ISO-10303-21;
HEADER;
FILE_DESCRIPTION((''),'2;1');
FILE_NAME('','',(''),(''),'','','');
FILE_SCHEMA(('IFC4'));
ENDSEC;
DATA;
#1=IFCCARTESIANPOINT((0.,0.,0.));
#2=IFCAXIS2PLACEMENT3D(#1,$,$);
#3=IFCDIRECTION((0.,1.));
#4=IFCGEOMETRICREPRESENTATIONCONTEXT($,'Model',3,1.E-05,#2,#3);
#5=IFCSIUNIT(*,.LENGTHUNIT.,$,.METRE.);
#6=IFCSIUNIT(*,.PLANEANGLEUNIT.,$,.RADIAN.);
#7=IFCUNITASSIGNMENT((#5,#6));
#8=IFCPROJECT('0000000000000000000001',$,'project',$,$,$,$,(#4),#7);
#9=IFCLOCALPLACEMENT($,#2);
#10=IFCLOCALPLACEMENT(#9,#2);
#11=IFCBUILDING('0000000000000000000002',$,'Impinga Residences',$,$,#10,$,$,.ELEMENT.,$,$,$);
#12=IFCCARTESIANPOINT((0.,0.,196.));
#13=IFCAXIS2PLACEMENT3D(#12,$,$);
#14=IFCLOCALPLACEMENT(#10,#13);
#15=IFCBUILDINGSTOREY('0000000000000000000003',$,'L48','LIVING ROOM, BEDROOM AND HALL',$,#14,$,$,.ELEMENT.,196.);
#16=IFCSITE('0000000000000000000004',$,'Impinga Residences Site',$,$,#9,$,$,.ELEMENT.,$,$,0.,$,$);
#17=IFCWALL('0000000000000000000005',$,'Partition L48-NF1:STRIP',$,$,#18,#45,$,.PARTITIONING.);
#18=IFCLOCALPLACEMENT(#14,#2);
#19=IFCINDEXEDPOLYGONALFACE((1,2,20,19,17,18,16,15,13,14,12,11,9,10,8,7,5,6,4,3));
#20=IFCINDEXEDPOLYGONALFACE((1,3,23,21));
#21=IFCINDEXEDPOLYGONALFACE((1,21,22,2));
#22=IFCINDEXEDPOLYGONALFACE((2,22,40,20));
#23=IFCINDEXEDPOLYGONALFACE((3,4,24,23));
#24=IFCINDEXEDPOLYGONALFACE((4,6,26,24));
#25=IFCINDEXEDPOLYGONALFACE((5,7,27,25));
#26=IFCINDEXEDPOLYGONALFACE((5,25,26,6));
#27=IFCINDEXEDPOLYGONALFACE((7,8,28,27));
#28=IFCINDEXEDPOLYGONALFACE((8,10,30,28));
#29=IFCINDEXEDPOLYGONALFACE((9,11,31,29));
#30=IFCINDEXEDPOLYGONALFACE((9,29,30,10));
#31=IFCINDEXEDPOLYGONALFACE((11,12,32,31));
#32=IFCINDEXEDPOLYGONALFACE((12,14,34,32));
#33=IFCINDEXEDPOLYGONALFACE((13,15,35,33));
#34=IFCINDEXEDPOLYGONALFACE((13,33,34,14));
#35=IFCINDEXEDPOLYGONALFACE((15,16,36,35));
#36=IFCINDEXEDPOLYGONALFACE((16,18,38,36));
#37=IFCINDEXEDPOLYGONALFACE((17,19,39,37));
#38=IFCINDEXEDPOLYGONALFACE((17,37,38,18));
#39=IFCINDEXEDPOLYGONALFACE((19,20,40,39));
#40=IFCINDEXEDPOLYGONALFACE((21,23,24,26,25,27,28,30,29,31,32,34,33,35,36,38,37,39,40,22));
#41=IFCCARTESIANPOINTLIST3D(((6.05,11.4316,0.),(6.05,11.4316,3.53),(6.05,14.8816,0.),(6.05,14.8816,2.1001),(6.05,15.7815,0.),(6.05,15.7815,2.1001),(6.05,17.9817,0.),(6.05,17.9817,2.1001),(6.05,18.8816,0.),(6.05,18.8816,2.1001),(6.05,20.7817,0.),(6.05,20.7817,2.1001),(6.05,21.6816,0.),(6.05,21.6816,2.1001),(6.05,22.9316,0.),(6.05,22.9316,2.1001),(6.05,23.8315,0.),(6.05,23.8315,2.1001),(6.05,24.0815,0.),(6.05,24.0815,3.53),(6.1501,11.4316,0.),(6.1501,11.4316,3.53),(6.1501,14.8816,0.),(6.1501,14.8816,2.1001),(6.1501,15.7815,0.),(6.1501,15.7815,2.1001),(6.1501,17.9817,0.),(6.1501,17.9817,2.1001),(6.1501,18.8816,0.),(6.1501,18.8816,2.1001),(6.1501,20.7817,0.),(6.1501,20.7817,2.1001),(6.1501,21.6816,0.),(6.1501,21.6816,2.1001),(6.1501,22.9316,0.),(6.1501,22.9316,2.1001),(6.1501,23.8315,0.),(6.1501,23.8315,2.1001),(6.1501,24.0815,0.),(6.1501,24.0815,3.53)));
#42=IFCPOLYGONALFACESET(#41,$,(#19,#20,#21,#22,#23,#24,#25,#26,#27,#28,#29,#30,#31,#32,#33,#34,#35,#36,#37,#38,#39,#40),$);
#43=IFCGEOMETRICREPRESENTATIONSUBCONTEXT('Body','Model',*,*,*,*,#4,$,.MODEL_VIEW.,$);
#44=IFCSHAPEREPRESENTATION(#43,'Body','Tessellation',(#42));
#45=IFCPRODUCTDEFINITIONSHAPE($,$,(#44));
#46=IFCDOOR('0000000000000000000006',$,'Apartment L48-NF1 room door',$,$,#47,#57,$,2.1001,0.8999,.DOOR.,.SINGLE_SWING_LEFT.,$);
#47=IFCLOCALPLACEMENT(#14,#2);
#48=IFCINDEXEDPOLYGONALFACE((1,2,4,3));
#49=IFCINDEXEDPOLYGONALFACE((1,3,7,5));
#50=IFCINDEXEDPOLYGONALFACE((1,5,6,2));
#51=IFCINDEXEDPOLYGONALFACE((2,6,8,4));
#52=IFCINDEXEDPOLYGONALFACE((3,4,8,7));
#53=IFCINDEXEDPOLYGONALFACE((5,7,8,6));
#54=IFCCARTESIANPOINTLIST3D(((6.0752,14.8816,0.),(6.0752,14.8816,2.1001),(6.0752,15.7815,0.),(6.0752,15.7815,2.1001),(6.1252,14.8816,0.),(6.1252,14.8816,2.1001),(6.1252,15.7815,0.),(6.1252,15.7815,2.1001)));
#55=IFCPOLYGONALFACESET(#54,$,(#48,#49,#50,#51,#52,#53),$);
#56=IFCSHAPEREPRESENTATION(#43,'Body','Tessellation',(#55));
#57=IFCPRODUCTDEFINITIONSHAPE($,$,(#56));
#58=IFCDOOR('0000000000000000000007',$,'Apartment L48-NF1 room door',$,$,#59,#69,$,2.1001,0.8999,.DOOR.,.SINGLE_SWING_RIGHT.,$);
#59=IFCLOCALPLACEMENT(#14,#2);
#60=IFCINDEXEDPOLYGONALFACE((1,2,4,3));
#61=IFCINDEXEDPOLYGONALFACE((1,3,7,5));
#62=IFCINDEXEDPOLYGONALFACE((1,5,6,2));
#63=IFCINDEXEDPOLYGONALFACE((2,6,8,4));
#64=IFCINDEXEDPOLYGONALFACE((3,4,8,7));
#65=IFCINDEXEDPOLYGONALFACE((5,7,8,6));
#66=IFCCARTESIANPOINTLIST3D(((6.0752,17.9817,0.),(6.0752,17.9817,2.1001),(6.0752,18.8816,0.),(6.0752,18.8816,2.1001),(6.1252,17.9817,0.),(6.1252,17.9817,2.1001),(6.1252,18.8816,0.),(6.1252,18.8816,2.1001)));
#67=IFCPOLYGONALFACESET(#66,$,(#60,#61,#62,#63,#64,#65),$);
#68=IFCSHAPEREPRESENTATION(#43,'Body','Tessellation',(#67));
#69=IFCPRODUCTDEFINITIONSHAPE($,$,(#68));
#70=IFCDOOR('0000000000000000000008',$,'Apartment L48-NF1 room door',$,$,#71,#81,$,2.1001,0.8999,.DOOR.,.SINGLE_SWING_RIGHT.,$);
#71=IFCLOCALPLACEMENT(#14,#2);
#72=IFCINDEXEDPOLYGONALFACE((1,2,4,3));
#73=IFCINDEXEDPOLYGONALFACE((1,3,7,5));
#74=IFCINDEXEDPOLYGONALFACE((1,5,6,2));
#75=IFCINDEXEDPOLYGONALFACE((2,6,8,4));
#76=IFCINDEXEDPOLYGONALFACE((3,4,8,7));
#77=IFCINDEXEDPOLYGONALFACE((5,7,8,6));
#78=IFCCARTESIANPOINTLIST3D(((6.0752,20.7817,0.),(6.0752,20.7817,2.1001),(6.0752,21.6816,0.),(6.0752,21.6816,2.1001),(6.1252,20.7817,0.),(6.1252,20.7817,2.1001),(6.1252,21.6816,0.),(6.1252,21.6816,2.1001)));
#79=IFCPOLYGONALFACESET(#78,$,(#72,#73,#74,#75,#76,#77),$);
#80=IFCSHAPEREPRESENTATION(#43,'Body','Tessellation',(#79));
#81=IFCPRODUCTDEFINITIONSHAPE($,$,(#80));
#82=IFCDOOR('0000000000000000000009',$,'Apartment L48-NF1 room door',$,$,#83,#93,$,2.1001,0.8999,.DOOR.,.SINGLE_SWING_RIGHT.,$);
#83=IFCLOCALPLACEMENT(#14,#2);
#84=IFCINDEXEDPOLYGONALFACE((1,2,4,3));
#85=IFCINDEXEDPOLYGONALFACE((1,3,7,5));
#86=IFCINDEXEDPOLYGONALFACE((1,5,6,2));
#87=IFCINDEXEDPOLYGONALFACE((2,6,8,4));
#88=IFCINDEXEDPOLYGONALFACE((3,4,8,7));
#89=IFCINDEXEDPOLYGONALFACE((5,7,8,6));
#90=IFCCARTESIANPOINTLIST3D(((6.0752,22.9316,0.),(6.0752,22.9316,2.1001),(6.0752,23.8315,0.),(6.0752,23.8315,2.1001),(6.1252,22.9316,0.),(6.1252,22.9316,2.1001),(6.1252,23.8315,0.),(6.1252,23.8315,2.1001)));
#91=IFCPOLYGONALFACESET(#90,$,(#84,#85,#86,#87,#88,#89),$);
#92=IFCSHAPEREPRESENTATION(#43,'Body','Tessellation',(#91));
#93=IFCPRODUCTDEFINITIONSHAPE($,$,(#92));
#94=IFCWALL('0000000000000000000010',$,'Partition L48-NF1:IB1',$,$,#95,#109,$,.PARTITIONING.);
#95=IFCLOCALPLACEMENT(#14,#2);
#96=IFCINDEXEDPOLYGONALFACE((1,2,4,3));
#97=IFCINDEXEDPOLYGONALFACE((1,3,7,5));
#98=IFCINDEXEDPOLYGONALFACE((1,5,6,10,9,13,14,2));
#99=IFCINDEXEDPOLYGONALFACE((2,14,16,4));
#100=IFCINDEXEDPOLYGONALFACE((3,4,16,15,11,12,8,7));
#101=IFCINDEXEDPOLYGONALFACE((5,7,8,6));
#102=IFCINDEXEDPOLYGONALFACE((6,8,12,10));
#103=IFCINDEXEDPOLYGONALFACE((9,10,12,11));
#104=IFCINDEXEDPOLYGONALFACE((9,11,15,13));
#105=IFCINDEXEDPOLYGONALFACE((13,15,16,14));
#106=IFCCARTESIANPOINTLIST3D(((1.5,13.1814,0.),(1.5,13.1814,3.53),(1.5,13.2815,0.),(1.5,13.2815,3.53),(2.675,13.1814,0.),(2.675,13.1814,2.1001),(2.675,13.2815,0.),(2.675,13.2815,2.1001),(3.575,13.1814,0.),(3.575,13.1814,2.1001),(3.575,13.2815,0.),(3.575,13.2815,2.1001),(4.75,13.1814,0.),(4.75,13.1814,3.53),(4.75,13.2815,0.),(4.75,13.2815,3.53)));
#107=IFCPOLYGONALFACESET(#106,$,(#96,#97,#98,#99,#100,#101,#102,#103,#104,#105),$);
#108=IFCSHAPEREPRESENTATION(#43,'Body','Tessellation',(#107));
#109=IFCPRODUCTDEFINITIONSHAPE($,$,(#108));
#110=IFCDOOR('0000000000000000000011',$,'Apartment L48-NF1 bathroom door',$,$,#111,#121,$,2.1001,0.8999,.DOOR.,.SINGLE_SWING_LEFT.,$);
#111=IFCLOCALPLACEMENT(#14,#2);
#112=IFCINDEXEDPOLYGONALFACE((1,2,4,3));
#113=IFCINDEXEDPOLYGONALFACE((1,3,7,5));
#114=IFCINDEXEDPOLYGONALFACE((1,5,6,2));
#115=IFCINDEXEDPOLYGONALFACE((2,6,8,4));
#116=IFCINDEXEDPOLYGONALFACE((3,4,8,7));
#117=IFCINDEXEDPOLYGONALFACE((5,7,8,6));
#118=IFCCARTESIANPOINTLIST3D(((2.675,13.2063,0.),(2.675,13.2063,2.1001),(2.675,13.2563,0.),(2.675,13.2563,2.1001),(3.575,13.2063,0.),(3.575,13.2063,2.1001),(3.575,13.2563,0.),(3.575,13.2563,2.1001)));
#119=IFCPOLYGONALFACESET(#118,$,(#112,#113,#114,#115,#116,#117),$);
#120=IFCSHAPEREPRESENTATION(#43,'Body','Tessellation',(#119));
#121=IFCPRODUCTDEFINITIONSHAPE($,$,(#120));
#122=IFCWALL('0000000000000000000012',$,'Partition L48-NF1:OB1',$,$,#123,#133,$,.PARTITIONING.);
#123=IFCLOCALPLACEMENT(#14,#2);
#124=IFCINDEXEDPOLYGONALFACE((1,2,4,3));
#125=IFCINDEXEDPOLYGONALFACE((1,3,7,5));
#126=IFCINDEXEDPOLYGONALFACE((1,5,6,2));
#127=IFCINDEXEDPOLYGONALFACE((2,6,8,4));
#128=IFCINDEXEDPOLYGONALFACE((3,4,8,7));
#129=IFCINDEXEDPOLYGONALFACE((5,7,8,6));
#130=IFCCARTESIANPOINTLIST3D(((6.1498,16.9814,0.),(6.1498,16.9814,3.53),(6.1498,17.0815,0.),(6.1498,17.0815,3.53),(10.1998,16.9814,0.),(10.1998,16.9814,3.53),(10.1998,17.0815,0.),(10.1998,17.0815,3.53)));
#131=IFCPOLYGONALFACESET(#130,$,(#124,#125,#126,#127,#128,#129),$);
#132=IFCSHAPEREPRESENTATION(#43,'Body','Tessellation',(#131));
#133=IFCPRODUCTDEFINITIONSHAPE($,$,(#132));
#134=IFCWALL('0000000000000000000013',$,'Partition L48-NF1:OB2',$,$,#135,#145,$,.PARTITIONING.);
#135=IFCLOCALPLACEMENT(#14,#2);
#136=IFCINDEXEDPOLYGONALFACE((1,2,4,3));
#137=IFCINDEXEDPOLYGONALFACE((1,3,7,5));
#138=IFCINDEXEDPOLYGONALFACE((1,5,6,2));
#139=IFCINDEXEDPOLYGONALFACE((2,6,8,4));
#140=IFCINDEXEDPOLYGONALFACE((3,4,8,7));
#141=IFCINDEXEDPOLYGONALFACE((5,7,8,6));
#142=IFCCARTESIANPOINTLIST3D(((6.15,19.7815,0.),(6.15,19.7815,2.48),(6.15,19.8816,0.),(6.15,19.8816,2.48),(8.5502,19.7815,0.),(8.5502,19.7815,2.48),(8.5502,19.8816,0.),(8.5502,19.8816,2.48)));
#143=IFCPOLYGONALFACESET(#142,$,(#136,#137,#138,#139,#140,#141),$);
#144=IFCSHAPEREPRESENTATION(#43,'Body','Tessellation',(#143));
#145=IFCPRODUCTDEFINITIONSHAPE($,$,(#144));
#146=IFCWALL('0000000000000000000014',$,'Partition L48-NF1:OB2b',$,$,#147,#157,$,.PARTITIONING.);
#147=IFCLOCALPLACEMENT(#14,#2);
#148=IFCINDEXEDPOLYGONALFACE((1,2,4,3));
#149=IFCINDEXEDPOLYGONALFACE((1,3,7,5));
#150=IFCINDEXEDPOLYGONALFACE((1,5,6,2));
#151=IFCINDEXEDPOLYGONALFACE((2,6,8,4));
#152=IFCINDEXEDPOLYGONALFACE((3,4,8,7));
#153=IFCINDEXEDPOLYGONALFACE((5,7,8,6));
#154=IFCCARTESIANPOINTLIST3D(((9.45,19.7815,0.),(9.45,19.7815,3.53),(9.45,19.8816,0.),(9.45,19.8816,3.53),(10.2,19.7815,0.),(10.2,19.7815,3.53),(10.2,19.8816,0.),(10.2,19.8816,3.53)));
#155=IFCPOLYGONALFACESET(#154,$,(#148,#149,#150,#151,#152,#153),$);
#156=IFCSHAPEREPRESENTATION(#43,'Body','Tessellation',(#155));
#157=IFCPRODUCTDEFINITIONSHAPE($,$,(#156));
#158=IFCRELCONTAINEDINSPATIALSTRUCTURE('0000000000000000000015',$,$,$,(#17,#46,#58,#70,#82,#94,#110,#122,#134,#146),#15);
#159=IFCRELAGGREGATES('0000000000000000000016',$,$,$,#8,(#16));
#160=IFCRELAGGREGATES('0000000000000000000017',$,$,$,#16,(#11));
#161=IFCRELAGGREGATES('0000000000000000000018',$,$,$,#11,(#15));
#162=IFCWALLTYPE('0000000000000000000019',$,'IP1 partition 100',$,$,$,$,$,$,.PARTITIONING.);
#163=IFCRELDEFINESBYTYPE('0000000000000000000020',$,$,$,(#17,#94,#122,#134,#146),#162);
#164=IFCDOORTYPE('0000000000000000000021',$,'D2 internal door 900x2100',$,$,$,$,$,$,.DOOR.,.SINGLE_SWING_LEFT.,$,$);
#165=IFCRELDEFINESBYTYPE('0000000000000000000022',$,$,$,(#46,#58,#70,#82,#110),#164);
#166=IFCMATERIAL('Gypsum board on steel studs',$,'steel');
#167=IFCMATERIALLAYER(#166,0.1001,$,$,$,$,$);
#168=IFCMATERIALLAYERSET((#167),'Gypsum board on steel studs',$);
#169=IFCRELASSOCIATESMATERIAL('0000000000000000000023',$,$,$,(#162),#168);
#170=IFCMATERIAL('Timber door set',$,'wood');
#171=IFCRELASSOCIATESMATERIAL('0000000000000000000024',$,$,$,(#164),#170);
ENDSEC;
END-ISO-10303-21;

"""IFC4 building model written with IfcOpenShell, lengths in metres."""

from ifc_helpers import new_model, si_unit, direction, frame, frame_2d, origin, place, context, subcontext, project, spatial, rectangle, extrude, material, layer, layer_set, type_object, element, fill, save


model = new_model("IFC4")

# Units and contexts
model_context = context("Model", 3, precision=1e-05, world=origin(), true_north=direction((0.0, 1.0)))
body_context = subcontext(model_context, "Body", "Model", "MODEL_VIEW")
ifc_project = project(units=[si_unit("LENGTHUNIT", "METRE"), si_unit("PLANEANGLEUNIT", "RADIAN")], contexts=[model_context])

# Site, building, storey
site_placement = place(None, origin())
site = spatial("IfcSite", under=ifc_project, at=site_placement, Name="Impinga Residences Site", CompositionType="ELEMENT", RefElevation=0.0)
building_placement = place(site_placement, origin())
building = spatial("IfcBuilding", under=site, at=building_placement, Name="Impinga Residences", CompositionType="ELEMENT")
storey_placement = place(building_placement, frame((0.0, 0.0, 196.0)))
storey = spatial("IfcBuildingStorey", under=building, at=storey_placement, Name="L48", Description="LIVING ROOM, BEDROOM AND HALL", CompositionType="ELEMENT", Elevation=196.0)

# Shared definitions
ifc_material_1 = material(Name="Timber door set", Category="wood")

# Shared definitions
ifc_material_2 = material(Name="Gypsum board on steel studs", Category="steel")
ifc_layer_1 = layer(ifc_material_2, 0.1001)
ifc_layer_set_1 = layer_set([ifc_layer_1], Name="Gypsum board on steel studs")
wall_type_1 = type_object("IfcWallType", Name="IP1 partition 100", PredefinedType="PARTITIONING", material=ifc_layer_set_1)

# Wall, openings, doors
wall_1_placement = place(storey_placement, frame((6.1001, 11.4316, 0.0), z_axis=(0.0, 0.0, 1.0), x_axis=(0.0, 1.0, 0.0)))
wall_1 = element("IfcWall", 1, at=wall_1_placement, inside=storey, type_object=wall_type_1, Name="Partition L48-NF1:STRIP", PredefinedType="PARTITIONING", context=body_context, shape_type="SweptSolid", body=[
    extrude(rectangle(XDim=12.6499, YDim=0.1001, at=frame_2d((6.325, 0.0))), origin(), (0.0, 0.0, 1.0), 3.53),
])
opening_1_placement = place(wall_1_placement, frame((3.45, 0.0, 0.0)))
opening_1 = element("IfcOpeningElement", 2, at=opening_1_placement, cuts=wall_1, PredefinedType="OPENING", context=body_context, shape_type="SweptSolid", body=[
    extrude(rectangle(XDim=0.8999, YDim=2.1001, at=frame_2d((0.45, 1.05))), frame((0.0, 0.0601, 0.0), z_axis=(0.0, -1.0, 0.0), x_axis=(1.0, 0.0, 0.0)), (0.0, 0.0, 1.0), 0.1201),
])
opening_2_placement = place(wall_1_placement, frame((6.55, 0.0, 0.0)))
opening_2 = element("IfcOpeningElement", 3, at=opening_2_placement, cuts=wall_1, PredefinedType="OPENING", context=body_context, shape_type="SweptSolid", body=[
    extrude(rectangle(XDim=0.8999, YDim=2.1001, at=frame_2d((0.45, 1.05))), frame((0.0, 0.0601, 0.0), z_axis=(0.0, -1.0, 0.0), x_axis=(1.0, 0.0, 0.0)), (0.0, 0.0, 1.0), 0.1201),
])
opening_3_placement = place(wall_1_placement, frame((9.3501, 0.0, 0.0)))
opening_3 = element("IfcOpeningElement", 4, at=opening_3_placement, cuts=wall_1, PredefinedType="OPENING", context=body_context, shape_type="SweptSolid", body=[
    extrude(rectangle(XDim=0.8999, YDim=2.1001, at=frame_2d((0.45, 1.05))), frame((0.0, 0.0601, 0.0), z_axis=(0.0, -1.0, 0.0), x_axis=(1.0, 0.0, 0.0)), (0.0, 0.0, 1.0), 0.1201),
])
opening_4_placement = place(wall_1_placement, frame((11.5, 0.0, 0.0)))
opening_4 = element("IfcOpeningElement", 5, at=opening_4_placement, cuts=wall_1, PredefinedType="OPENING", context=body_context, shape_type="SweptSolid", body=[
    extrude(rectangle(XDim=0.8999, YDim=2.1001, at=frame_2d((0.45, 1.05))), frame((0.0, 0.0601, 0.0), z_axis=(0.0, -1.0, 0.0), x_axis=(1.0, 0.0, 0.0)), (0.0, 0.0, 1.0), 0.1201),
])
door_type_1 = type_object("IfcDoorType", Name="D2 internal door 900x2100", OperationType="SINGLE_SWING_LEFT", PredefinedType="DOOR", material=ifc_material_1)
door_1_placement = place(opening_1_placement, origin())
door_1 = element("IfcDoor", 6, at=door_1_placement, inside=storey, type_object=door_type_1, Name="Apartment L48-NF1 room door", OperationType="SINGLE_SWING_LEFT", OverallHeight=2.1001, OverallWidth=0.8999, PredefinedType="DOOR", context=body_context, shape_type="SweptSolid", body=[
    extrude(rectangle(XDim=0.8999, YDim=2.1001, at=frame_2d((0.45, 1.05))), frame((0.0, 0.0249, 0.0), z_axis=(0.0, -1.0, 0.0), x_axis=(1.0, 0.0, 0.0)), (0.0, 0.0, 1.0), 0.05),
])
fill(opening_1, door_1)
door_2_placement = place(opening_2_placement, origin())
door_2 = element("IfcDoor", 7, at=door_2_placement, inside=storey, type_object=door_type_1, Name="Apartment L48-NF1 room door", OperationType="SINGLE_SWING_RIGHT", OverallHeight=2.1001, OverallWidth=0.8999, PredefinedType="DOOR", context=body_context, shape_type="SweptSolid", body=[
    extrude(rectangle(XDim=0.8999, YDim=2.1001, at=frame_2d((0.45, 1.05))), frame((0.0, 0.0249, 0.0), z_axis=(0.0, -1.0, 0.0), x_axis=(1.0, 0.0, 0.0)), (0.0, 0.0, 1.0), 0.05),
])
fill(opening_2, door_2)
door_3_placement = place(opening_3_placement, origin())
door_3 = element("IfcDoor", 8, at=door_3_placement, inside=storey, type_object=door_type_1, Name="Apartment L48-NF1 room door", OperationType="SINGLE_SWING_RIGHT", OverallHeight=2.1001, OverallWidth=0.8999, PredefinedType="DOOR", context=body_context, shape_type="SweptSolid", body=[
    extrude(rectangle(XDim=0.8999, YDim=2.1001, at=frame_2d((0.45, 1.05))), frame((0.0, 0.0249, 0.0), z_axis=(0.0, -1.0, 0.0), x_axis=(1.0, 0.0, 0.0)), (0.0, 0.0, 1.0), 0.05),
])
fill(opening_3, door_3)
door_4_placement = place(opening_4_placement, origin())
door_4 = element("IfcDoor", 9, at=door_4_placement, inside=storey, type_object=door_type_1, Name="Apartment L48-NF1 room door", OperationType="SINGLE_SWING_RIGHT", OverallHeight=2.1001, OverallWidth=0.8999, PredefinedType="DOOR", context=body_context, shape_type="SweptSolid", body=[
    extrude(rectangle(XDim=0.8999, YDim=2.1001, at=frame_2d((0.45, 1.05))), frame((0.0, 0.0249, 0.0), z_axis=(0.0, -1.0, 0.0), x_axis=(1.0, 0.0, 0.0)), (0.0, 0.0, 1.0), 0.05),
])
fill(opening_4, door_4)

# Wall, opening, door
wall_2_placement = place(storey_placement, frame((1.5, 13.2314, 0.0), z_axis=(0.0, 0.0, 1.0), x_axis=(1.0, 0.0, 0.0)))
wall_2 = element("IfcWall", 10, at=wall_2_placement, inside=storey, type_object=wall_type_1, Name="Partition L48-NF1:IB1", PredefinedType="PARTITIONING", context=body_context, shape_type="SweptSolid", body=[
    extrude(rectangle(XDim=3.25, YDim=0.1001, at=frame_2d((1.625, 0.0))), origin(), (0.0, 0.0, 1.0), 3.53),
])
opening_5_placement = place(wall_2_placement, frame((1.175, 0.0, 0.0)))
opening_5 = element("IfcOpeningElement", 11, at=opening_5_placement, cuts=wall_2, PredefinedType="OPENING", context=body_context, shape_type="SweptSolid", body=[
    extrude(rectangle(XDim=0.8999, YDim=2.1001, at=frame_2d((0.45, 1.05))), frame((0.0, 0.0601, 0.0), z_axis=(0.0, -1.0, 0.0), x_axis=(1.0, 0.0, 0.0)), (0.0, 0.0, 1.0), 0.1201),
])
door_5_placement = place(opening_5_placement, origin())
door_5 = element("IfcDoor", 12, at=door_5_placement, inside=storey, type_object=door_type_1, Name="Apartment L48-NF1 bathroom door", OperationType="SINGLE_SWING_LEFT", OverallHeight=2.1001, OverallWidth=0.8999, PredefinedType="DOOR", context=body_context, shape_type="SweptSolid", body=[
    extrude(rectangle(XDim=0.8999, YDim=2.1001, at=frame_2d((0.45, 1.05))), frame((0.0, 0.0249, 0.0), z_axis=(0.0, -1.0, 0.0), x_axis=(1.0, 0.0, 0.0)), (0.0, 0.0, 1.0), 0.05),
])
fill(opening_5, door_5)

# Walls
wall_3_placement = place(storey_placement, frame((6.1499, 17.0315, 0.0), z_axis=(0.0, 0.0, 1.0), x_axis=(1.0, 0.0, 0.0)))
element("IfcWall", 13, at=wall_3_placement, inside=storey, type_object=wall_type_1, Name="Partition L48-NF1:OB1", PredefinedType="PARTITIONING", context=body_context, shape_type="SweptSolid", body=[
    extrude(rectangle(XDim=4.05, YDim=0.1001, at=frame_2d((2.0249, 0.0))), origin(), (0.0, 0.0, 1.0), 3.53),
])
wall_4_placement = place(storey_placement, frame((6.1499, 19.8315, 0.0), z_axis=(0.0, 0.0, 1.0), x_axis=(1.0, 0.0, 0.0)))
element("IfcWall", 14, at=wall_4_placement, inside=storey, type_object=wall_type_1, Name="Partition L48-NF1:OB2", PredefinedType="PARTITIONING", context=body_context, shape_type="SweptSolid", body=[
    extrude(rectangle(XDim=2.4001, YDim=0.1001, at=frame_2d((1.2002, 0.0))), origin(), (0.0, 0.0, 1.0), 2.48),
])
wall_5_placement = place(storey_placement, frame((9.45, 19.8315, 0.0), z_axis=(0.0, 0.0, 1.0), x_axis=(1.0, 0.0, 0.0)))
element("IfcWall", 15, at=wall_5_placement, inside=storey, type_object=wall_type_1, Name="Partition L48-NF1:OB2b", PredefinedType="PARTITIONING", context=body_context, shape_type="SweptSolid", body=[
    extrude(rectangle(XDim=0.75, YDim=0.1001, at=frame_2d((0.375, 0.0))), origin(), (0.0, 0.0, 1.0), 3.53),
])

save(model, "model.ifc")
